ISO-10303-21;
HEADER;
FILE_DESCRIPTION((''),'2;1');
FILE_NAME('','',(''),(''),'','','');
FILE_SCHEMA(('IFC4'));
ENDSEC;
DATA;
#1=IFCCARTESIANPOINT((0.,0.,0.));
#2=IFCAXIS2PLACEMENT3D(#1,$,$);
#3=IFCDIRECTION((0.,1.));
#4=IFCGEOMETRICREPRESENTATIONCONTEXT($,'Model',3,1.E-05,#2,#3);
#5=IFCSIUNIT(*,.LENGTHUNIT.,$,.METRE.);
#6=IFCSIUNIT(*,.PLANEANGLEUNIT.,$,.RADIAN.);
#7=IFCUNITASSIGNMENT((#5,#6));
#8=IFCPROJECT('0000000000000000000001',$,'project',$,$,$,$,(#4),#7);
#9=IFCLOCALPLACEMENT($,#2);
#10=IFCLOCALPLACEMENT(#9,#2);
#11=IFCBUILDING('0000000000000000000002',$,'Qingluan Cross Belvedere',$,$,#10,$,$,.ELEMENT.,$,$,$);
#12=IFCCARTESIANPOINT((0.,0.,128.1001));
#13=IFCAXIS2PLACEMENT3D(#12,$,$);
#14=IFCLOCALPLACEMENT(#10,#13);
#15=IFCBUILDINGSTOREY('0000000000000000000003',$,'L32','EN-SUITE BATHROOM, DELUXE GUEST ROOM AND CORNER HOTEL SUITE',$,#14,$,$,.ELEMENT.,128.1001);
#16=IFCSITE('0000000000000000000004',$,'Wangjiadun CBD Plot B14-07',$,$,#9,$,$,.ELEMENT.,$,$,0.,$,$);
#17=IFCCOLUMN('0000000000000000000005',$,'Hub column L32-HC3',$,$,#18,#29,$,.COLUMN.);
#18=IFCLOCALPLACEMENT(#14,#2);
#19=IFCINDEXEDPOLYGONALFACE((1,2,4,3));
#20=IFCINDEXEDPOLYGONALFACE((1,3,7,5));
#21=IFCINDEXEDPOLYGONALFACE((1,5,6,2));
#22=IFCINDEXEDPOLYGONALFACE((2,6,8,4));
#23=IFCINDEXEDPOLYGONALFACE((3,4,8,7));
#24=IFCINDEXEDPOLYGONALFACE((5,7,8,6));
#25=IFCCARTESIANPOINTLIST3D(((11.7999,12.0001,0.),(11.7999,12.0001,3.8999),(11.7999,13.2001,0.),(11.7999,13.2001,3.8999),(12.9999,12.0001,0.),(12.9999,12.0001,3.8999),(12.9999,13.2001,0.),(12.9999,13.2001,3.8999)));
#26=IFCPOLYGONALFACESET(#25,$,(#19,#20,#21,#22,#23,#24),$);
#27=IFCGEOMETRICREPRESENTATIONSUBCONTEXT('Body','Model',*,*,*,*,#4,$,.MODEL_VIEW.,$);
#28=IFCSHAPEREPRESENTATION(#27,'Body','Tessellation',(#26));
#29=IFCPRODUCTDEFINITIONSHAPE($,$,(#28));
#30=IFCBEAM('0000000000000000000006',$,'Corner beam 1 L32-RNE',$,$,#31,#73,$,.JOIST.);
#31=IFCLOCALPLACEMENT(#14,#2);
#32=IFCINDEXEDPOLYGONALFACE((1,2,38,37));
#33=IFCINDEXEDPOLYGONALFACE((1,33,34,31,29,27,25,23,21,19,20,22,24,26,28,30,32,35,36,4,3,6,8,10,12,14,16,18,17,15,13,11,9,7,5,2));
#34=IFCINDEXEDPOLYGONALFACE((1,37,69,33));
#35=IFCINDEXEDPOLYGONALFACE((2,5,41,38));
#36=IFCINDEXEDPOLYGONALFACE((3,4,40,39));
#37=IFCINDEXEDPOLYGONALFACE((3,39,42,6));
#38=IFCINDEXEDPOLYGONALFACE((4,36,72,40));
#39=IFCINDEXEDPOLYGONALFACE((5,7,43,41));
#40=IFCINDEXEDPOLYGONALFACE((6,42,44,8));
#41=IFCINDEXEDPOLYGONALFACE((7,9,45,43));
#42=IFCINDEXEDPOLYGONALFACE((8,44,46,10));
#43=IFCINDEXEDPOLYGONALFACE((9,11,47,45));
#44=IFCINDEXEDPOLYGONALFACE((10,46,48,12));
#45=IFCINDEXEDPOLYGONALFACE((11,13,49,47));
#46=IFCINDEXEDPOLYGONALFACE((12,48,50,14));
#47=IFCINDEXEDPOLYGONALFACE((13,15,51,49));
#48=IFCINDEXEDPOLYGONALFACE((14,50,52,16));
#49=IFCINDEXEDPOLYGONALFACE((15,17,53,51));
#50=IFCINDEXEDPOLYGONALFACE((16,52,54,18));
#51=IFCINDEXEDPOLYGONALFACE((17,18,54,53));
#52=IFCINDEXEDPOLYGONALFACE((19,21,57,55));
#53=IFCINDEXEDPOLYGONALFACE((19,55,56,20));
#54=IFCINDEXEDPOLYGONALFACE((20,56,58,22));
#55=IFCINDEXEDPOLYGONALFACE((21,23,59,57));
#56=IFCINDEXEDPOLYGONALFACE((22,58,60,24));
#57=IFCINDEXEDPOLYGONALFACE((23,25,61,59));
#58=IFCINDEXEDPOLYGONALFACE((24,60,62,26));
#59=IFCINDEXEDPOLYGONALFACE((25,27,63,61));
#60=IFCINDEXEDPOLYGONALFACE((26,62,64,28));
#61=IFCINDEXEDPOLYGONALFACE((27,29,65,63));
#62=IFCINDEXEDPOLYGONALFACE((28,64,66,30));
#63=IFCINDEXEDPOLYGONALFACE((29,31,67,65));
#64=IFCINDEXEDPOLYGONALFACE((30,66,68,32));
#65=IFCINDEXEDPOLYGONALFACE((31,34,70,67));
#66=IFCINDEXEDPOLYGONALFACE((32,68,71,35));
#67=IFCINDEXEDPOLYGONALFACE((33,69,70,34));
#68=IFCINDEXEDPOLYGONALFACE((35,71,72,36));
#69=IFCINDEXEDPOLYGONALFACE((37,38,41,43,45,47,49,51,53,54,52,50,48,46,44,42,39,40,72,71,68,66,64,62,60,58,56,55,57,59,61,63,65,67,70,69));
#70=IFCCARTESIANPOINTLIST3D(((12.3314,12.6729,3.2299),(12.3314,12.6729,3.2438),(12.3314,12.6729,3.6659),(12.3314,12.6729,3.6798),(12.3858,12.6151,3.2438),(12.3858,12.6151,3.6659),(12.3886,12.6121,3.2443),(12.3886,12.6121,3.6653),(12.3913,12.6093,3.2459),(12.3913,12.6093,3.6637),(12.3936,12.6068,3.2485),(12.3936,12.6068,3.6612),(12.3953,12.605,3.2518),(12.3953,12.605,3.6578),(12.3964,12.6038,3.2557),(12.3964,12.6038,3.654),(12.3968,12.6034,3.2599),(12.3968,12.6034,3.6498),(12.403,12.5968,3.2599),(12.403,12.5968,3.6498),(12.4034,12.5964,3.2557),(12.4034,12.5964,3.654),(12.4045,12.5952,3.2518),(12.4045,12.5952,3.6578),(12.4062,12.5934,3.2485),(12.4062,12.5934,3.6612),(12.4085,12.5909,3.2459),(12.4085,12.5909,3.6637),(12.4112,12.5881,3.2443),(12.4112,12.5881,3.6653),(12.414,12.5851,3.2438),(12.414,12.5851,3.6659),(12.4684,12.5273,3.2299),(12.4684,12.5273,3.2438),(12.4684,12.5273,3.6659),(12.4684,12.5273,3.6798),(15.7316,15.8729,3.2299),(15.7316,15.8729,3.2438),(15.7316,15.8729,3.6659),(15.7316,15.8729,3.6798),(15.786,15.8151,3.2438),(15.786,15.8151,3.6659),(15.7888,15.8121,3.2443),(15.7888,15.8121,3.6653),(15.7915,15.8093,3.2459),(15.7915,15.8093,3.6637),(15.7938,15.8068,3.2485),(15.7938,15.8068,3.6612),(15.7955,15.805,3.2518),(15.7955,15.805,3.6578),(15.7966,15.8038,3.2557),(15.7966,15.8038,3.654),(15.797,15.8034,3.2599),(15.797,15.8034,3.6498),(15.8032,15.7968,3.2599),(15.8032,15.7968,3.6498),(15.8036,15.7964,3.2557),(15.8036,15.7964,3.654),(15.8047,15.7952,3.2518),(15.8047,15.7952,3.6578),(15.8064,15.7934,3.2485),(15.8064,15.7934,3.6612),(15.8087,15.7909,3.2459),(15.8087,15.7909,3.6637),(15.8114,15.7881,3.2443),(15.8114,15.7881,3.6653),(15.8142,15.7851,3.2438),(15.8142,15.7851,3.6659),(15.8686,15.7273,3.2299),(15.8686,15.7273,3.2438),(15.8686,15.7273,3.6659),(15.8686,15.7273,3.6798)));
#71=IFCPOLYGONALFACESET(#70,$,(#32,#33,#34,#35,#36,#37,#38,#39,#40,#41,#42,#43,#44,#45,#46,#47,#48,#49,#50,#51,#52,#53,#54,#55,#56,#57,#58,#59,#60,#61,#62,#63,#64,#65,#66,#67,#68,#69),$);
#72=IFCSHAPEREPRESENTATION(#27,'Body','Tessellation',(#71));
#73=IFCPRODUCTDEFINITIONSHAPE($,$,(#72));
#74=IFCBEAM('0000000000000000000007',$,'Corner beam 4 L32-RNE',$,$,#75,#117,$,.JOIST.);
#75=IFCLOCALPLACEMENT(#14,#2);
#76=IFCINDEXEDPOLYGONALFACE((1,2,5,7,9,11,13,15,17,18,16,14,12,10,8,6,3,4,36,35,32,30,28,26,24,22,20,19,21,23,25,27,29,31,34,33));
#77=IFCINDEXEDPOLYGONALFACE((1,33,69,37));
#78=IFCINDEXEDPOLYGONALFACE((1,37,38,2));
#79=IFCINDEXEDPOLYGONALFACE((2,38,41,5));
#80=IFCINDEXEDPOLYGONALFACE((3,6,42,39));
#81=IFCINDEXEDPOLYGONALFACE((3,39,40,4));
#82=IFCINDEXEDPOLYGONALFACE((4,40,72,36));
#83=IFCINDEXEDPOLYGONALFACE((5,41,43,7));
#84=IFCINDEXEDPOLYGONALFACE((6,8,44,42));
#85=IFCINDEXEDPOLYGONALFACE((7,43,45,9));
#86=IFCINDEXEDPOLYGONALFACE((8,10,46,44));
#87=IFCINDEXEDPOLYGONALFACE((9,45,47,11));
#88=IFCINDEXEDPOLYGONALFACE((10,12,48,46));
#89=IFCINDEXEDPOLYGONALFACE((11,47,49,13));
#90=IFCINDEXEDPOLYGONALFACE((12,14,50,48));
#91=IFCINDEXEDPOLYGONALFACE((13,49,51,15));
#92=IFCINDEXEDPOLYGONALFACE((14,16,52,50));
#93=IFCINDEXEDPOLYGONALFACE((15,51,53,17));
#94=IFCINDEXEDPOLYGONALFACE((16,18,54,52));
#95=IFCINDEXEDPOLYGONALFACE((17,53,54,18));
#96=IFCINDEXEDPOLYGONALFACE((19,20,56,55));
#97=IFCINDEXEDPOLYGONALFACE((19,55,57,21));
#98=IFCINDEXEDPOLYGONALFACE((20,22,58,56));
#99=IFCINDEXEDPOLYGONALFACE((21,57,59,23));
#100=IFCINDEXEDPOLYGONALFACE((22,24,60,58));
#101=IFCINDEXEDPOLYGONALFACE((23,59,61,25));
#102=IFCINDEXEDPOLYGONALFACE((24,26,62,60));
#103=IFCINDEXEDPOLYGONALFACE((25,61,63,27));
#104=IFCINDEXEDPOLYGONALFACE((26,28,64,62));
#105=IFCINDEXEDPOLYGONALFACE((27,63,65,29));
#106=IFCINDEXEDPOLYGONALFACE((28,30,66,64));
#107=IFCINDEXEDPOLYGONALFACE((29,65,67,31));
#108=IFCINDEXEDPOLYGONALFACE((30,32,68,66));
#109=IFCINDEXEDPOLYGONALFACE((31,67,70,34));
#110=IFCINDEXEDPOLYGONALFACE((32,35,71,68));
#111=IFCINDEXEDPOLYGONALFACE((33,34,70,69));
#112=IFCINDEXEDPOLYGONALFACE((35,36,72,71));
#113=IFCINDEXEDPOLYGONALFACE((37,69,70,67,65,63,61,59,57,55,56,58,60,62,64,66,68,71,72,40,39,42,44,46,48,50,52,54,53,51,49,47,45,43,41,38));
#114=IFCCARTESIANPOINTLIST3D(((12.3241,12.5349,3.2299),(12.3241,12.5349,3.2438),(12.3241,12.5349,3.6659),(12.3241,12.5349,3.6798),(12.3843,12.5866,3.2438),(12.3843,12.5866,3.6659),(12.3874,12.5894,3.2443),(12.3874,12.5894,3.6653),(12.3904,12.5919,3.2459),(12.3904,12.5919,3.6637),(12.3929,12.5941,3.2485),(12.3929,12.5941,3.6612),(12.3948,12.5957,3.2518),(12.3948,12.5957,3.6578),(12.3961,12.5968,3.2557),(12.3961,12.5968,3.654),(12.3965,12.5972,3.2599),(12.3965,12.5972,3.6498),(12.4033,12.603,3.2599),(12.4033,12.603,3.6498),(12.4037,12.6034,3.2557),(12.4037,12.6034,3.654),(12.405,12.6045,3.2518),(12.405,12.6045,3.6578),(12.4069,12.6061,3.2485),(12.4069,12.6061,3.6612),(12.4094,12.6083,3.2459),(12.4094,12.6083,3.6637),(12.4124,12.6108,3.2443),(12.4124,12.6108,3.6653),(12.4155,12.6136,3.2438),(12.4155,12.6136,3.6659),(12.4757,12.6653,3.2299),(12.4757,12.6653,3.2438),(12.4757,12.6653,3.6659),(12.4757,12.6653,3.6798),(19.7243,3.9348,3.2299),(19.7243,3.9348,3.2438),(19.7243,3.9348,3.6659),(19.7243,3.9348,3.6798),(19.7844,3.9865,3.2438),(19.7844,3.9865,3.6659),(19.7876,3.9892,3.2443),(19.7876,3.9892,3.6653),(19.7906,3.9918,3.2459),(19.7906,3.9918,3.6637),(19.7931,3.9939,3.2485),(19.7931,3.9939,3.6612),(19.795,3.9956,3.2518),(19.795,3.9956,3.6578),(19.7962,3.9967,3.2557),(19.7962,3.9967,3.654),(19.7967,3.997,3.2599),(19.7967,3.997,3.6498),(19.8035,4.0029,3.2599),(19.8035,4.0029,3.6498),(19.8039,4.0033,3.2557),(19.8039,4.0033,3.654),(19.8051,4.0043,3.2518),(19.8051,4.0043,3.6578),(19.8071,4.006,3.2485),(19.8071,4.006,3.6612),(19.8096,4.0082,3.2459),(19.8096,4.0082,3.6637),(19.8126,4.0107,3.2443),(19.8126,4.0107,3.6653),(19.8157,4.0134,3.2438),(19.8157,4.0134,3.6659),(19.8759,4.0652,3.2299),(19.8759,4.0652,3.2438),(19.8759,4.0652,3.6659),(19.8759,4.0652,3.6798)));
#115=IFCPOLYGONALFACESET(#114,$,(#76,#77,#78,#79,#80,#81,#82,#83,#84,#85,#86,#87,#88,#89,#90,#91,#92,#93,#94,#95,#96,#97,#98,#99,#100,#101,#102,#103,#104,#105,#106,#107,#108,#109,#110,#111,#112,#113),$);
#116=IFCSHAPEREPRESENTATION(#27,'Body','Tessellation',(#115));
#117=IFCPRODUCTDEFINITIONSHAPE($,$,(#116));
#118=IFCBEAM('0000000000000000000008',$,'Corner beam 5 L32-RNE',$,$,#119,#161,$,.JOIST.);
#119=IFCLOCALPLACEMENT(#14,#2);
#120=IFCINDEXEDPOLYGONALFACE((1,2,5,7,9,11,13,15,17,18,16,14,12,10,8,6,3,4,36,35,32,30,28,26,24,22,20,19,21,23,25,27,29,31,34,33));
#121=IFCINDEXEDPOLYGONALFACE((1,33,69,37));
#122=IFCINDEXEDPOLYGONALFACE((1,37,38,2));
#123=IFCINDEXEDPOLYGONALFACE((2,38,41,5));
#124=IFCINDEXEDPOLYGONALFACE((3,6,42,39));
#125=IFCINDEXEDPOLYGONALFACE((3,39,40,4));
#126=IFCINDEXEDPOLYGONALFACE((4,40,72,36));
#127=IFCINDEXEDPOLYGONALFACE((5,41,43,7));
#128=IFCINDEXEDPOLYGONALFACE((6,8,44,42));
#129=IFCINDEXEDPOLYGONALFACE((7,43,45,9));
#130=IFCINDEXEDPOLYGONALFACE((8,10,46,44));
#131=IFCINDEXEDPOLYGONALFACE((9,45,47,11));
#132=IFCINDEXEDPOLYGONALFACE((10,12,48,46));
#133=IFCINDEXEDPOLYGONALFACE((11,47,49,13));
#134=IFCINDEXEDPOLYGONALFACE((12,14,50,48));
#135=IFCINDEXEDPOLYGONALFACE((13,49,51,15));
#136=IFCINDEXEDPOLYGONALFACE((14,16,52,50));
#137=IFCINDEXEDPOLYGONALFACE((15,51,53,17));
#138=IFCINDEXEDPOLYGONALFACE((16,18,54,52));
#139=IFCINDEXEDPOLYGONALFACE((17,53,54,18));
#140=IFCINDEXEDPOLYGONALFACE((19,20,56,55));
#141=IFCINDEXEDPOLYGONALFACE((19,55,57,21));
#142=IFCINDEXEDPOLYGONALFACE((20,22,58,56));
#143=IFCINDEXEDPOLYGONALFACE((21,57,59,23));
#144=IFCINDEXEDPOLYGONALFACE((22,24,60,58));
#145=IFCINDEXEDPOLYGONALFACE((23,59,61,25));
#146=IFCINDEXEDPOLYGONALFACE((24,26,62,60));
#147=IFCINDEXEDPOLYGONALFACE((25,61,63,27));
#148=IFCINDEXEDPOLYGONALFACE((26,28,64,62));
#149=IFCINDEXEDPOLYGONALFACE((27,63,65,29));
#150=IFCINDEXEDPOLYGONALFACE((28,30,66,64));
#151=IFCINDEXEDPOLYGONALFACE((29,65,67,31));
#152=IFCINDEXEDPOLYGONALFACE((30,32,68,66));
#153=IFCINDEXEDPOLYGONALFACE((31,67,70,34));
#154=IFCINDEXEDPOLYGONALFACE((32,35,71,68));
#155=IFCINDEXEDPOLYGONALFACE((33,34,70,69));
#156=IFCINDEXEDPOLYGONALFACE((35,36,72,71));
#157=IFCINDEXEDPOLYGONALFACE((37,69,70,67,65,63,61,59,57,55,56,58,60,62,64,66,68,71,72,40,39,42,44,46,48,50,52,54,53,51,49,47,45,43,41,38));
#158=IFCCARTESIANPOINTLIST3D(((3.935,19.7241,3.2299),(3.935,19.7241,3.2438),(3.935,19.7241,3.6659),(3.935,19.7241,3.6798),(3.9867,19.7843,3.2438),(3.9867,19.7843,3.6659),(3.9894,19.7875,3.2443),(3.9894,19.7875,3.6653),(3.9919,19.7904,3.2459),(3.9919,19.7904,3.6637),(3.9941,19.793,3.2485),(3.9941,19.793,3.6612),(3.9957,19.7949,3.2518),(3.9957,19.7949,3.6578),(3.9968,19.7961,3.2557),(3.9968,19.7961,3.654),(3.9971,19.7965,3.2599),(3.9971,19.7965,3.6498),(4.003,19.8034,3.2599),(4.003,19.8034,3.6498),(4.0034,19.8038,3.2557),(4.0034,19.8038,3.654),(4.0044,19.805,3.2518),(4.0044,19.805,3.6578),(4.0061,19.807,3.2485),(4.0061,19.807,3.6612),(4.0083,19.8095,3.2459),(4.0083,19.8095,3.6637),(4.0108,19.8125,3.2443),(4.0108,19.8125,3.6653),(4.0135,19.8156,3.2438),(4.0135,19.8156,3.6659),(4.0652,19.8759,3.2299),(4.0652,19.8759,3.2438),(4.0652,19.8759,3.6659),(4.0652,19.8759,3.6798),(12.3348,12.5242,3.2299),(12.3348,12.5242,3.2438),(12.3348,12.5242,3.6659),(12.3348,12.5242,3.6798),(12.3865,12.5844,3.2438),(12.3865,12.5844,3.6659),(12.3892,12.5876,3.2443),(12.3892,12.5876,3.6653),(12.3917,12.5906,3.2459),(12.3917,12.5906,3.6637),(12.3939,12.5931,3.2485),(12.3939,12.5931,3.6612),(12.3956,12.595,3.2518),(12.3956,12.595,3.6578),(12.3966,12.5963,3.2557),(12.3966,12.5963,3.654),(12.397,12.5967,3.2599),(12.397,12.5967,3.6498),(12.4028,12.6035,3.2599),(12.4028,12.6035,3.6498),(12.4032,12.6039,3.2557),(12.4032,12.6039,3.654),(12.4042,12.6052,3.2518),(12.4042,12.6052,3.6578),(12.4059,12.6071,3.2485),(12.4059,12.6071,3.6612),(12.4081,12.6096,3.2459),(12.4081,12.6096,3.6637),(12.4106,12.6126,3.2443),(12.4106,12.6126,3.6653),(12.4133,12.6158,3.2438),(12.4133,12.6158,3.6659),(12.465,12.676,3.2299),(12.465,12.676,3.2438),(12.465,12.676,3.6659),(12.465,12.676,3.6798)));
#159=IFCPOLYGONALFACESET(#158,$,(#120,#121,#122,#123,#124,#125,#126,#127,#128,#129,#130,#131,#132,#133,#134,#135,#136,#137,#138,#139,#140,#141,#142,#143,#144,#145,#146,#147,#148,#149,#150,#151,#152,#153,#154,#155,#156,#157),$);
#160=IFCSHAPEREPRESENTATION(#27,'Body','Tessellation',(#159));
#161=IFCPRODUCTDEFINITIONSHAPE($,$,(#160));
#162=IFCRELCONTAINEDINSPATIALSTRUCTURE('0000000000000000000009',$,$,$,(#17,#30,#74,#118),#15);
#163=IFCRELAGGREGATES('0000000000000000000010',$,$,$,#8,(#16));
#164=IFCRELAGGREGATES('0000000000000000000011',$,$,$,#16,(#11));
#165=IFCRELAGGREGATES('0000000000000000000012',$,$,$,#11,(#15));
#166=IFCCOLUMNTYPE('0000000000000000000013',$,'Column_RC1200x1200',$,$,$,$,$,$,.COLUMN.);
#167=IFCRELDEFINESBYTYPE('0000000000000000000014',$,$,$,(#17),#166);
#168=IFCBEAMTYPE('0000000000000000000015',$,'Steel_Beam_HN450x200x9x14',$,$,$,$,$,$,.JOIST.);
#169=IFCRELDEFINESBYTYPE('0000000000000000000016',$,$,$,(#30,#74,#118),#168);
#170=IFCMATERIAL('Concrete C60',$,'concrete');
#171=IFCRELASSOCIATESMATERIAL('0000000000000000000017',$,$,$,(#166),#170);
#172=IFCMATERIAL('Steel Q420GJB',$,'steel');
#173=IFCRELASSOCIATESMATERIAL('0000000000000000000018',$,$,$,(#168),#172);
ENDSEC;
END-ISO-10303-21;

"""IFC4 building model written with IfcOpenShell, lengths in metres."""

from ifc_helpers import new_model, si_unit, direction, frame, origin, origin_2d, place, context, subcontext, project, spatial, rectangle, i_section, extrude, material, material_profile, profile_set, type_object, element, save


model = new_model("IFC4")

# Units and contexts
model_context = context("Model", 3, precision=1e-05, world=origin(), true_north=direction((0.0, 1.0)))
body_context = subcontext(model_context, "Body", "Model", "MODEL_VIEW")
ifc_project = project(units=[si_unit("LENGTHUNIT", "METRE"), si_unit("PLANEANGLEUNIT", "RADIAN")], contexts=[model_context])

# Site, building, storey
site_placement = place(None, origin())
site = spatial("IfcSite", under=ifc_project, at=site_placement, Name="Wangjiadun CBD Plot B14-07", CompositionType="ELEMENT", RefElevation=0.0)
building_placement = place(site_placement, origin())
building = spatial("IfcBuilding", under=site, at=building_placement, Name="Qingluan Cross Belvedere", CompositionType="ELEMENT")
storey_placement = place(building_placement, frame((0.0, 0.0, 128.1001)))
storey = spatial("IfcBuildingStorey", under=building, at=storey_placement, Name="L32", Description="EN-SUITE BATHROOM, DELUXE GUEST ROOM AND CORNER HOTEL SUITE", CompositionType="ELEMENT", Elevation=128.1001)

# Column
ifc_material_1 = material(Name="Concrete C60", Category="concrete")
ifc_material_profile_1 = material_profile(ifc_material_1, rectangle(XDim=1.2, YDim=1.2, at=origin_2d()), Name="RC1200x1200")
ifc_profile_set_1 = profile_set([ifc_material_profile_1], Name="Concrete C60")
column_type = type_object("IfcColumnType", Name="Column_RC1200x1200", PredefinedType="COLUMN", material=ifc_profile_set_1)
column_placement = place(storey_placement, frame((12.3999, 12.6001, 0.0), z_axis=(0.0, 0.0, 1.0), x_axis=(1.0, 0.0, 0.0)))
element("IfcColumn", 1, at=column_placement, inside=storey, type_object=column_type, Name="Hub column L32-HC3", PredefinedType="COLUMN", context=body_context, shape_type="SweptSolid", body=[
    extrude(rectangle(XDim=1.2, YDim=1.2, at=origin_2d()), origin(), (0.0, 0.0, 1.0), 3.8999),
])

# Beams
ifc_material_2 = material(Name="Steel Q420GJB", Category="steel")
ifc_material_profile_2 = material_profile(ifc_material_2, i_section(OverallWidth=0.2, OverallDepth=0.45, WebThickness=0.009, FlangeThickness=0.0139, FilletRadius=0.0161, at=origin_2d()), Name="HN450x200x9x14")
ifc_profile_set_2 = profile_set([ifc_material_profile_2], Name="Steel Q420GJB")
beam_type_1 = type_object("IfcBeamType", Name="Steel_Beam_HN450x200x9x14", PredefinedType="JOIST", material=ifc_profile_set_2)
beam_1_placement = place(storey_placement, frame((12.3999, 12.6001, 3.4548), z_axis=(0.72822, 0.685343, 0.0), x_axis=(-0.685343, 0.72822, 0.0)))
element("IfcBeam", 2, at=beam_1_placement, inside=storey, type_object=beam_type_1, Name="Corner beam 1 L32-RNE", PredefinedType="JOIST", context=body_context, shape_type="SweptSolid", body=[
    extrude(i_section(OverallWidth=0.2, OverallDepth=0.45, WebThickness=0.009, FlangeThickness=0.0139, FilletRadius=0.0161, at=origin_2d()), origin(), (0.0, 0.0, 1.0), 4.6692),
])
beam_2_placement = place(storey_placement, frame((12.3999, 12.6001, 3.4548), z_axis=(0.652245, -0.758008, 0.0), x_axis=(0.758008, 0.652245, 0.0)))
element("IfcBeam", 3, at=beam_2_placement, inside=storey, type_object=beam_type_1, Name="Corner beam 4 L32-RNE", PredefinedType="JOIST", context=body_context, shape_type="SweptSolid", body=[
    extrude(i_section(OverallWidth=0.2, OverallDepth=0.45, WebThickness=0.009, FlangeThickness=0.0139, FilletRadius=0.0161, at=origin_2d()), origin(), (0.0, 0.0, 1.0), 11.3457),
])
beam_3_placement = place(storey_placement, frame((12.3999, 12.6001, 3.4548), z_axis=(-0.759255, 0.650793, 0.0), x_axis=(-0.650793, -0.759255, 0.0)))
element("IfcBeam", 4, at=beam_3_placement, inside=storey, type_object=beam_type_1, Name="Corner beam 5 L32-RNE", PredefinedType="JOIST", context=body_context, shape_type="SweptSolid", body=[
    extrude(i_section(OverallWidth=0.2, OverallDepth=0.45, WebThickness=0.009, FlangeThickness=0.0139, FilletRadius=0.0161, at=origin_2d()), origin(), (0.0, 0.0, 1.0), 11.0632),
])

save(model, "model.ifc")
